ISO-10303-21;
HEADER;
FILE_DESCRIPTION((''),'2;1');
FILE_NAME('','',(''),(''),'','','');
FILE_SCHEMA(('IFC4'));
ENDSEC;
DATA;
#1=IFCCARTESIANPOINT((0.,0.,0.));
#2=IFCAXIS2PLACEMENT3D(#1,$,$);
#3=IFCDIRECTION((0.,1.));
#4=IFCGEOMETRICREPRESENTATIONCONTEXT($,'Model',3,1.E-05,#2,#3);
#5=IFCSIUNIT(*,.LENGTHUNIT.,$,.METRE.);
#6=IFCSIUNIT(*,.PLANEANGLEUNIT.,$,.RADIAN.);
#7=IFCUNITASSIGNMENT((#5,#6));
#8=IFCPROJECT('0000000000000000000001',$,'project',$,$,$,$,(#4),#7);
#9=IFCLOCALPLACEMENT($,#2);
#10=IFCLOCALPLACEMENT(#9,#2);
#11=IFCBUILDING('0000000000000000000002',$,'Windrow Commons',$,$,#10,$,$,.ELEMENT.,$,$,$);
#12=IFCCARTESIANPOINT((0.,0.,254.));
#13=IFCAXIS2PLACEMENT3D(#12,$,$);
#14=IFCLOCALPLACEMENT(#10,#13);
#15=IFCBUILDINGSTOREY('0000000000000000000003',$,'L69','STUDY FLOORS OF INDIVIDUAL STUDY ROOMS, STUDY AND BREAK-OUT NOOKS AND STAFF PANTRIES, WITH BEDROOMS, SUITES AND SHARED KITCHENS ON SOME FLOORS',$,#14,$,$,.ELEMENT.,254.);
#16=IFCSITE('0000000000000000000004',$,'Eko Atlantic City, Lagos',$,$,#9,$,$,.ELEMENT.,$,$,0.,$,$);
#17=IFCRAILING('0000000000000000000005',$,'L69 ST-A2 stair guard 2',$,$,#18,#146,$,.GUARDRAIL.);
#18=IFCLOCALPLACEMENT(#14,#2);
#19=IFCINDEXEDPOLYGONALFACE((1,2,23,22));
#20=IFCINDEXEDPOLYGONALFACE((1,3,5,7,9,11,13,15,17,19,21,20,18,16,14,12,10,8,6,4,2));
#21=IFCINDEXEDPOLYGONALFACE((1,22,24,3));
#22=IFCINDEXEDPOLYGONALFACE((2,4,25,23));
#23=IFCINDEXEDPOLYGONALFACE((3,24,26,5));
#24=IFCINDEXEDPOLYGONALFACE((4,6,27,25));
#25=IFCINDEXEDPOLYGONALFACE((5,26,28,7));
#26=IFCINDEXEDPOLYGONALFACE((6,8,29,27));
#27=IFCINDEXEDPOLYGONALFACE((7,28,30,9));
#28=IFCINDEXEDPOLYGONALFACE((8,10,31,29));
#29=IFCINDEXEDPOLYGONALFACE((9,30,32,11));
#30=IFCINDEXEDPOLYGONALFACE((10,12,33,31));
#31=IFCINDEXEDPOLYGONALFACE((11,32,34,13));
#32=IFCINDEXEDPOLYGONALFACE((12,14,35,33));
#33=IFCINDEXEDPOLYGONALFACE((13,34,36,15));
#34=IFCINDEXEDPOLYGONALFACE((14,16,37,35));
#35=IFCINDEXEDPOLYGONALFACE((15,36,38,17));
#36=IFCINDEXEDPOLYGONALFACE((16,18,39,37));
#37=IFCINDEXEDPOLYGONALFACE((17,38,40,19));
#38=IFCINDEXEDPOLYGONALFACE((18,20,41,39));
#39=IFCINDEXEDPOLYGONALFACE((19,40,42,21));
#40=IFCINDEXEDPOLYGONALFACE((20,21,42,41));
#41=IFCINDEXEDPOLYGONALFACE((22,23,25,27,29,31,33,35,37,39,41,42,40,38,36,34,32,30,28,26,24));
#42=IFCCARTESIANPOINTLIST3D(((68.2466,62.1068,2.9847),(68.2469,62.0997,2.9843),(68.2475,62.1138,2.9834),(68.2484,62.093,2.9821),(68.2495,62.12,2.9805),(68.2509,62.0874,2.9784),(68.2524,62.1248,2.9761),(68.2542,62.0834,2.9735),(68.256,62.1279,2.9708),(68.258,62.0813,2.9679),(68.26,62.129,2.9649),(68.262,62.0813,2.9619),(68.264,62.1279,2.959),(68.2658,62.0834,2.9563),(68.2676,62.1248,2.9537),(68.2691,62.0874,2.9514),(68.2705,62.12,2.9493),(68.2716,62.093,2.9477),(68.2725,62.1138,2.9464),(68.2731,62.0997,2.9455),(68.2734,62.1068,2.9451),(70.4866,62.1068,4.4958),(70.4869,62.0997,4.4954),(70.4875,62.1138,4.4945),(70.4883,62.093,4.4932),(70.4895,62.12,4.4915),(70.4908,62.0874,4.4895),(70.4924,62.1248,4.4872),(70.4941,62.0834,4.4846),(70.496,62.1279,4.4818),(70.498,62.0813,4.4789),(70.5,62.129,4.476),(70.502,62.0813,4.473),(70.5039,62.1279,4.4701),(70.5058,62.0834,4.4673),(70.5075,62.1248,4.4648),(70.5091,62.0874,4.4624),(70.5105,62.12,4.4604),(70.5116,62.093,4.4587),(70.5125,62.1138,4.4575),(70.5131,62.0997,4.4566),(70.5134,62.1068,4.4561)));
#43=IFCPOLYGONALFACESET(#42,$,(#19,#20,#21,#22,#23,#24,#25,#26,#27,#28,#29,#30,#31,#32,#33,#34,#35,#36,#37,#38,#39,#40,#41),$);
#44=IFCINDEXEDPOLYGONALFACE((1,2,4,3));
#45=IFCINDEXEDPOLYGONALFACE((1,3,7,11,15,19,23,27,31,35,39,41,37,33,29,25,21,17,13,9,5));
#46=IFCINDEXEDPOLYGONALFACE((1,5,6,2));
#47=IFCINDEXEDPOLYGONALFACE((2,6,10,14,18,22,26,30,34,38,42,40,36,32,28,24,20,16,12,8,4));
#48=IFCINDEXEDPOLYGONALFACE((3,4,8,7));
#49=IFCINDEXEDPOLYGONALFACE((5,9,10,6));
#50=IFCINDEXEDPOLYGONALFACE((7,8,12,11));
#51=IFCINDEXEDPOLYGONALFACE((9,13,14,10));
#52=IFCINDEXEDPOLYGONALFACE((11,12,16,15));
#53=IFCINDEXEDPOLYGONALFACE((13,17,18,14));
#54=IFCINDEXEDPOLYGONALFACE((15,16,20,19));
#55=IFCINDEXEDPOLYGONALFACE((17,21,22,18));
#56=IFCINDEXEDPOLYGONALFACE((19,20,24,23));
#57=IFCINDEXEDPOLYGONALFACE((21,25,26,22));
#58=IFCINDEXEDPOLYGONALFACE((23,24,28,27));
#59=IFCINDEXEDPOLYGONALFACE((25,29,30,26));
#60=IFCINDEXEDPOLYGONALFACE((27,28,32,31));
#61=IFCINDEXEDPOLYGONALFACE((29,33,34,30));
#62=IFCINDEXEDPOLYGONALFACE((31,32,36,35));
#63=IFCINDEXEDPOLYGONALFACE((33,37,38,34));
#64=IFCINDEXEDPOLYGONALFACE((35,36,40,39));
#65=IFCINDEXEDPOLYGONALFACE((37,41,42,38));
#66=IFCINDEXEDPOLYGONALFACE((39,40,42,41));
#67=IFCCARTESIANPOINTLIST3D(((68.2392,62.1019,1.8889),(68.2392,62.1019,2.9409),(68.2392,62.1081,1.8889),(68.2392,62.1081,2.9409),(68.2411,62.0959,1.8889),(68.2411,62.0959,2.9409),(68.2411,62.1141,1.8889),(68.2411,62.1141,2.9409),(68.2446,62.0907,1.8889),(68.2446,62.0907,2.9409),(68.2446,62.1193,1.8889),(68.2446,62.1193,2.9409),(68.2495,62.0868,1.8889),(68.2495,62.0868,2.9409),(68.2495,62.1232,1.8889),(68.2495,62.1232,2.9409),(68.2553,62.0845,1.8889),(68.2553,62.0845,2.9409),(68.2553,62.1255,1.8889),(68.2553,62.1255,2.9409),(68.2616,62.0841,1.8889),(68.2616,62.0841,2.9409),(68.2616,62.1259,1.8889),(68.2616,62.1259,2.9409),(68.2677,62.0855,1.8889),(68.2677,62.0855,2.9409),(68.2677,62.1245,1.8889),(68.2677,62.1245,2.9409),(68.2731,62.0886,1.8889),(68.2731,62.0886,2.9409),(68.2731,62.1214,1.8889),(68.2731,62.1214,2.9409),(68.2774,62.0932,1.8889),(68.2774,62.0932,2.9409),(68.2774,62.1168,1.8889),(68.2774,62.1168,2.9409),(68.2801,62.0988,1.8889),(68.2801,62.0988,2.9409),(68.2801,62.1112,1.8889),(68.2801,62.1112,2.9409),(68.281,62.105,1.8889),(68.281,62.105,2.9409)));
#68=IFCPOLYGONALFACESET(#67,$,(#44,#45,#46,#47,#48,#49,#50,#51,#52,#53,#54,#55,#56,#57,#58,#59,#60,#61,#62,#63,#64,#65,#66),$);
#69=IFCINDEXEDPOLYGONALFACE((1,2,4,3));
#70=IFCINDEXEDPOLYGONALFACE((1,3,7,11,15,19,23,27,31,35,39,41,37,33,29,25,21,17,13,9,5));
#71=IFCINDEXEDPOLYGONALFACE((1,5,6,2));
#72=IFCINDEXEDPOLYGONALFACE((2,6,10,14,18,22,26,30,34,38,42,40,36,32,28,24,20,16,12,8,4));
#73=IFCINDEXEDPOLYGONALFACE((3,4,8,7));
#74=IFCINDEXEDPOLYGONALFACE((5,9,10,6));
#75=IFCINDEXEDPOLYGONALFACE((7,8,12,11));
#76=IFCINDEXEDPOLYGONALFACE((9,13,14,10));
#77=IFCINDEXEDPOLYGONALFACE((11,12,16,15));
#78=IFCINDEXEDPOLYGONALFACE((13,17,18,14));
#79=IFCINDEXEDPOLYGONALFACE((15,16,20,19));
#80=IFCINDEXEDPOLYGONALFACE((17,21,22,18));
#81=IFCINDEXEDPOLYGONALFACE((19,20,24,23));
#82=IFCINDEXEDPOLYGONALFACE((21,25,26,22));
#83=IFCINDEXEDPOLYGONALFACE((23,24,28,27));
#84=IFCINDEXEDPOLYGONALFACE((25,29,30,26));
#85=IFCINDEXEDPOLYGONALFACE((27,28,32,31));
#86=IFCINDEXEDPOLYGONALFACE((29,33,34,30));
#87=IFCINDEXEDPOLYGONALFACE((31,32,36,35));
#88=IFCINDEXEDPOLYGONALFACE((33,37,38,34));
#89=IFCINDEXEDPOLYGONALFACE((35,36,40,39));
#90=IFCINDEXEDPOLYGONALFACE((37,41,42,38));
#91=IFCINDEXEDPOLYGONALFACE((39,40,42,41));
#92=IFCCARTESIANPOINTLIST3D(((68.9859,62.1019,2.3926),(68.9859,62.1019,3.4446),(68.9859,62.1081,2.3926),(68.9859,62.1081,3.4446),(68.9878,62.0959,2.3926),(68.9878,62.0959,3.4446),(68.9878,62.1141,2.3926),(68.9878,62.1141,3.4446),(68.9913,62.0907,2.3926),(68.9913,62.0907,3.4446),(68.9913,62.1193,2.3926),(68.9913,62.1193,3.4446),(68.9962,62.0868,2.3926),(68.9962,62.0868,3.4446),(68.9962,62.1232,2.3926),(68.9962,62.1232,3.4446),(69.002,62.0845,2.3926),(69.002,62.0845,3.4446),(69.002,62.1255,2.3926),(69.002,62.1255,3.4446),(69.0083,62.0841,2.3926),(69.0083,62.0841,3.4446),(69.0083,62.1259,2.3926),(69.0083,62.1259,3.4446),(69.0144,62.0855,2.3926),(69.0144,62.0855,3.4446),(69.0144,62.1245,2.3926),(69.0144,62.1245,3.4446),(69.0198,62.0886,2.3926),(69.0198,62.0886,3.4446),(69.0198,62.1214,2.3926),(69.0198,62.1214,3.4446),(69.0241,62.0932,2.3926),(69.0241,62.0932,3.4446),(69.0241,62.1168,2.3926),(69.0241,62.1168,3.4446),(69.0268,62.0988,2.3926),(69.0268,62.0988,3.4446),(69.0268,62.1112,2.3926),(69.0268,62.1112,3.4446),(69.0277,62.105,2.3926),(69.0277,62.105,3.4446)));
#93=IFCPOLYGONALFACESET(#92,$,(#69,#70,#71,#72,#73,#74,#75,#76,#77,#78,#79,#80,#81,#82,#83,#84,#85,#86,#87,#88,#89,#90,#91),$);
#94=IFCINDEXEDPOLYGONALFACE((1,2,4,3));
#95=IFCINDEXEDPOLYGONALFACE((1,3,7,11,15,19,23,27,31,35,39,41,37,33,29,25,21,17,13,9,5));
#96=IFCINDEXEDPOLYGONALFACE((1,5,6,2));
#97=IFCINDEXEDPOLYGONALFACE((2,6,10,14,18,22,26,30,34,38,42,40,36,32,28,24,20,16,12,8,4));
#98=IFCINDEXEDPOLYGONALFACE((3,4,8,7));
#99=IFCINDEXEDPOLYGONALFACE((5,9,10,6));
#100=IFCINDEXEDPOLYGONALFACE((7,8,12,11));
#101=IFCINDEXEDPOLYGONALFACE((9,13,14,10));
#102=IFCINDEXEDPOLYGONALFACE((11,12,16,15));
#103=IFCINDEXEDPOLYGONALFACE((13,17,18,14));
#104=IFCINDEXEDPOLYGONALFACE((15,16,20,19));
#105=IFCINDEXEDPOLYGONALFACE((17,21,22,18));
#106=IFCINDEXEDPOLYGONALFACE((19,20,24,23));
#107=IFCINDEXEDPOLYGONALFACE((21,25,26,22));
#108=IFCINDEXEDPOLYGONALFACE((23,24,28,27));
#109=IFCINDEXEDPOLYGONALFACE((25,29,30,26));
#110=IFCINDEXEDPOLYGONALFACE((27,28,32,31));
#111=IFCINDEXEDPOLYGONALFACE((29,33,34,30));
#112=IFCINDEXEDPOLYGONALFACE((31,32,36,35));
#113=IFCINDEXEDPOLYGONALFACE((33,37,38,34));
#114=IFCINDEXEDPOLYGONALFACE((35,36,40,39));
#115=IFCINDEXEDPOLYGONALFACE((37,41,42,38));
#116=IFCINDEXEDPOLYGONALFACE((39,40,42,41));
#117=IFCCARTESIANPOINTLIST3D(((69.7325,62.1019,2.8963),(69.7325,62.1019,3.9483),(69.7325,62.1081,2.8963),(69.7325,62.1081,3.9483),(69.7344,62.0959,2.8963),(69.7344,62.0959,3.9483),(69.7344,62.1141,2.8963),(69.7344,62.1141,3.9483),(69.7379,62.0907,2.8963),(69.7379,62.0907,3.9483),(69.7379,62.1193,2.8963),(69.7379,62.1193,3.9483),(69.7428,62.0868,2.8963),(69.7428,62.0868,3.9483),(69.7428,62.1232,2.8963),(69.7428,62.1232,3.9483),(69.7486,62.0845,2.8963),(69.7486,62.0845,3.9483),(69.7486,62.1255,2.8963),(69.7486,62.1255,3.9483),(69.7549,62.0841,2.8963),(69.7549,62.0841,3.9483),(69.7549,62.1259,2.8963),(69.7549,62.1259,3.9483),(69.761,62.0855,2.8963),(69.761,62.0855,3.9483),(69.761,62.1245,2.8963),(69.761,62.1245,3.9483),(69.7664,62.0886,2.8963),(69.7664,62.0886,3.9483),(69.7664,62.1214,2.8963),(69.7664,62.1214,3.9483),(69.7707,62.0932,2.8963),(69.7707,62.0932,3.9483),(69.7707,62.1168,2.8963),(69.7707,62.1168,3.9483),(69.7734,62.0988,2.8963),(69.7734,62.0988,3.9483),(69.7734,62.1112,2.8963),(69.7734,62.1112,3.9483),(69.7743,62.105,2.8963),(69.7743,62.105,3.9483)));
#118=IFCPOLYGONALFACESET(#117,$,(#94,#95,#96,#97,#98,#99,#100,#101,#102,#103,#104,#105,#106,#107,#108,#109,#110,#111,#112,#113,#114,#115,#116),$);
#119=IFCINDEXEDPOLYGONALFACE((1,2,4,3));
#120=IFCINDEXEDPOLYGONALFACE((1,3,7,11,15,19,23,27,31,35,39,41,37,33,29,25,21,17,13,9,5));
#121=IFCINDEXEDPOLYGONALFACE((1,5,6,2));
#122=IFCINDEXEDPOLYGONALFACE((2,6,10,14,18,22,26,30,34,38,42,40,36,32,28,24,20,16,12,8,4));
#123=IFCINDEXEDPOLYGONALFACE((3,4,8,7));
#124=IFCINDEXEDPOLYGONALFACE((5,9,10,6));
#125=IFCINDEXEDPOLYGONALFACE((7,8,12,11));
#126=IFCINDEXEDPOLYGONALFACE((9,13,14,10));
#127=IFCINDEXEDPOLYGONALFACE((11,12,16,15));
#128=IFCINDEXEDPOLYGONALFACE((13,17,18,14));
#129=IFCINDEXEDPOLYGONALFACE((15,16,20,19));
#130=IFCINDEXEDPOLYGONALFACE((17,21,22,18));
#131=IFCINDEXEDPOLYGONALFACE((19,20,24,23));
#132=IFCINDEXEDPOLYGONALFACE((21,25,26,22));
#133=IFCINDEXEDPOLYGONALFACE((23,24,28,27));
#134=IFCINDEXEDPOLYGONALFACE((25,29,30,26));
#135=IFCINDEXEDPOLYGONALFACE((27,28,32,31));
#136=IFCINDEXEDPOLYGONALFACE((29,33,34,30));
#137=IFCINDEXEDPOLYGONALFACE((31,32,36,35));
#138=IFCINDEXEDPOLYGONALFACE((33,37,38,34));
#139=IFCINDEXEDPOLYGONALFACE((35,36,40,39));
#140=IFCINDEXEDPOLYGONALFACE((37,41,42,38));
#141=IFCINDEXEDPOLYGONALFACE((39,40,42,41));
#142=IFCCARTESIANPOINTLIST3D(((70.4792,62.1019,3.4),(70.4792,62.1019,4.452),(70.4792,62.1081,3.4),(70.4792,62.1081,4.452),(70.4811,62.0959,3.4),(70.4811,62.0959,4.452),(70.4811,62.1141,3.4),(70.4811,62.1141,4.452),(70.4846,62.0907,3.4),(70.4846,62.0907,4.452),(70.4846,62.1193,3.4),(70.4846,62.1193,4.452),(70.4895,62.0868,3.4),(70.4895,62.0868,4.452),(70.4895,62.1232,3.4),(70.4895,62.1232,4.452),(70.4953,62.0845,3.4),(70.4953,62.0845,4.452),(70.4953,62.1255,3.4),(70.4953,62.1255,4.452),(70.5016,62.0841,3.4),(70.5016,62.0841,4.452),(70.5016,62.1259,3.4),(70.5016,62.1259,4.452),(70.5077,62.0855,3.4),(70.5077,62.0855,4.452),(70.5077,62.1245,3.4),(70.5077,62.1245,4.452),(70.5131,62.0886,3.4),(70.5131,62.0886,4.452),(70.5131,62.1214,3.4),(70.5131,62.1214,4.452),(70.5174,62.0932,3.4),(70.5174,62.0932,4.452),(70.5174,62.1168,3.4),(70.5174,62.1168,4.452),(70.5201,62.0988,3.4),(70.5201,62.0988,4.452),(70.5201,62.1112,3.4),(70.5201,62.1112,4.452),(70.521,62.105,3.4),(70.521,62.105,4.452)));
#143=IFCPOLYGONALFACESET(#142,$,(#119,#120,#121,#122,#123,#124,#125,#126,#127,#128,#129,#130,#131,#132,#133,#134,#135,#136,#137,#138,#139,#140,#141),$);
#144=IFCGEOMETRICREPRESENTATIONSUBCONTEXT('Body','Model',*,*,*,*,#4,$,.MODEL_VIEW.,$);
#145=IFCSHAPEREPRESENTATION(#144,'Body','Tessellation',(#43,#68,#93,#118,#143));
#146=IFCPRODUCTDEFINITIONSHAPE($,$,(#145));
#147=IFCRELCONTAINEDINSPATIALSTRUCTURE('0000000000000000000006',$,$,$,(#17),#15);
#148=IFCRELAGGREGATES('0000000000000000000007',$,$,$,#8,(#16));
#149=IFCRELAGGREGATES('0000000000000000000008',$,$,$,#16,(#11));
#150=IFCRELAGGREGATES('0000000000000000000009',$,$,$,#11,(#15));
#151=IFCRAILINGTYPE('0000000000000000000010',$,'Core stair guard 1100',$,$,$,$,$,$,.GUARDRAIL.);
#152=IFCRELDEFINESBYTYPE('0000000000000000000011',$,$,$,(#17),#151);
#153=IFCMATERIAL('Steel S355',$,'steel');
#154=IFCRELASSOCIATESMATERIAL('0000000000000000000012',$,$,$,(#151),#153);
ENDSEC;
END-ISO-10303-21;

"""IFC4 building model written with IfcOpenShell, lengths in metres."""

from ifc_helpers import new_model, si_unit, direction, frame, origin, origin_2d, place, context, subcontext, project, spatial, circle, extrude, material, type_object, element, save


model = new_model("IFC4")

# Units and contexts
model_context = context("Model", 3, precision=1e-05, world=origin(), true_north=direction((0.0, 1.0)))
body_context = subcontext(model_context, "Body", "Model", "MODEL_VIEW")
ifc_project = project(units=[si_unit("LENGTHUNIT", "METRE"), si_unit("PLANEANGLEUNIT", "RADIAN")], contexts=[model_context])

# Site, building, storey
site_placement = place(None, origin())
site = spatial("IfcSite", under=ifc_project, at=site_placement, Name="Eko Atlantic City, Lagos", CompositionType="ELEMENT", RefElevation=0.0)
building_placement = place(site_placement, origin())
building = spatial("IfcBuilding", under=site, at=building_placement, Name="Windrow Commons", CompositionType="ELEMENT")
storey_placement = place(building_placement, frame((0.0, 0.0, 254.0)))
storey = spatial("IfcBuildingStorey", under=building, at=storey_placement, Name="L69", Description="STUDY FLOORS OF INDIVIDUAL STUDY ROOMS, STUDY AND BREAK-OUT NOOKS AND STAFF PANTRIES, WITH BEDROOMS, SUITES AND SHARED KITCHENS ON SOME FLOORS", CompositionType="ELEMENT", Elevation=254.0)

# Railing
ifc_material_1 = material(Name="Steel S355", Category="steel")
railing_type_1 = type_object("IfcRailingType", Name="Core stair guard 1100", PredefinedType="GUARDRAIL", material=ifc_material_1)
for number, where, name in (
    (1, (68.26, 62.105, 1.8889), "L69 ST-A2 stair guard 2"),
):
    element("IfcRailing", number, at=place(storey_placement, frame(where)), inside=storey, type_object=railing_type_1, Name=name, PredefinedType="GUARDRAIL", context=body_context, shape_type="SweptSolid", body=[
        extrude(circle(Radius=0.024, at=origin_2d()), frame((0.0, 0.0, 1.076), z_axis=(0.829003, 0.0, 0.559244), x_axis=(0.0, 1.0, 0.0)), (0.0, 0.0, 1.0), 2.702),
        extrude(circle(Radius=0.021, at=origin_2d()), origin(), (0.0, 0.0, 1.0), 1.052),
        extrude(circle(Radius=0.021, at=origin_2d()), frame((0.7467, 0.0, 0.5037)), (0.0, 0.0, 1.0), 1.052),
        extrude(circle(Radius=0.021, at=origin_2d()), frame((1.4933, 0.0, 1.0074)), (0.0, 0.0, 1.0), 1.052),
        extrude(circle(Radius=0.021, at=origin_2d()), frame((2.24, 0.0, 1.5111)), (0.0, 0.0, 1.0), 1.052),
    ])

save(model, "model.ifc")
